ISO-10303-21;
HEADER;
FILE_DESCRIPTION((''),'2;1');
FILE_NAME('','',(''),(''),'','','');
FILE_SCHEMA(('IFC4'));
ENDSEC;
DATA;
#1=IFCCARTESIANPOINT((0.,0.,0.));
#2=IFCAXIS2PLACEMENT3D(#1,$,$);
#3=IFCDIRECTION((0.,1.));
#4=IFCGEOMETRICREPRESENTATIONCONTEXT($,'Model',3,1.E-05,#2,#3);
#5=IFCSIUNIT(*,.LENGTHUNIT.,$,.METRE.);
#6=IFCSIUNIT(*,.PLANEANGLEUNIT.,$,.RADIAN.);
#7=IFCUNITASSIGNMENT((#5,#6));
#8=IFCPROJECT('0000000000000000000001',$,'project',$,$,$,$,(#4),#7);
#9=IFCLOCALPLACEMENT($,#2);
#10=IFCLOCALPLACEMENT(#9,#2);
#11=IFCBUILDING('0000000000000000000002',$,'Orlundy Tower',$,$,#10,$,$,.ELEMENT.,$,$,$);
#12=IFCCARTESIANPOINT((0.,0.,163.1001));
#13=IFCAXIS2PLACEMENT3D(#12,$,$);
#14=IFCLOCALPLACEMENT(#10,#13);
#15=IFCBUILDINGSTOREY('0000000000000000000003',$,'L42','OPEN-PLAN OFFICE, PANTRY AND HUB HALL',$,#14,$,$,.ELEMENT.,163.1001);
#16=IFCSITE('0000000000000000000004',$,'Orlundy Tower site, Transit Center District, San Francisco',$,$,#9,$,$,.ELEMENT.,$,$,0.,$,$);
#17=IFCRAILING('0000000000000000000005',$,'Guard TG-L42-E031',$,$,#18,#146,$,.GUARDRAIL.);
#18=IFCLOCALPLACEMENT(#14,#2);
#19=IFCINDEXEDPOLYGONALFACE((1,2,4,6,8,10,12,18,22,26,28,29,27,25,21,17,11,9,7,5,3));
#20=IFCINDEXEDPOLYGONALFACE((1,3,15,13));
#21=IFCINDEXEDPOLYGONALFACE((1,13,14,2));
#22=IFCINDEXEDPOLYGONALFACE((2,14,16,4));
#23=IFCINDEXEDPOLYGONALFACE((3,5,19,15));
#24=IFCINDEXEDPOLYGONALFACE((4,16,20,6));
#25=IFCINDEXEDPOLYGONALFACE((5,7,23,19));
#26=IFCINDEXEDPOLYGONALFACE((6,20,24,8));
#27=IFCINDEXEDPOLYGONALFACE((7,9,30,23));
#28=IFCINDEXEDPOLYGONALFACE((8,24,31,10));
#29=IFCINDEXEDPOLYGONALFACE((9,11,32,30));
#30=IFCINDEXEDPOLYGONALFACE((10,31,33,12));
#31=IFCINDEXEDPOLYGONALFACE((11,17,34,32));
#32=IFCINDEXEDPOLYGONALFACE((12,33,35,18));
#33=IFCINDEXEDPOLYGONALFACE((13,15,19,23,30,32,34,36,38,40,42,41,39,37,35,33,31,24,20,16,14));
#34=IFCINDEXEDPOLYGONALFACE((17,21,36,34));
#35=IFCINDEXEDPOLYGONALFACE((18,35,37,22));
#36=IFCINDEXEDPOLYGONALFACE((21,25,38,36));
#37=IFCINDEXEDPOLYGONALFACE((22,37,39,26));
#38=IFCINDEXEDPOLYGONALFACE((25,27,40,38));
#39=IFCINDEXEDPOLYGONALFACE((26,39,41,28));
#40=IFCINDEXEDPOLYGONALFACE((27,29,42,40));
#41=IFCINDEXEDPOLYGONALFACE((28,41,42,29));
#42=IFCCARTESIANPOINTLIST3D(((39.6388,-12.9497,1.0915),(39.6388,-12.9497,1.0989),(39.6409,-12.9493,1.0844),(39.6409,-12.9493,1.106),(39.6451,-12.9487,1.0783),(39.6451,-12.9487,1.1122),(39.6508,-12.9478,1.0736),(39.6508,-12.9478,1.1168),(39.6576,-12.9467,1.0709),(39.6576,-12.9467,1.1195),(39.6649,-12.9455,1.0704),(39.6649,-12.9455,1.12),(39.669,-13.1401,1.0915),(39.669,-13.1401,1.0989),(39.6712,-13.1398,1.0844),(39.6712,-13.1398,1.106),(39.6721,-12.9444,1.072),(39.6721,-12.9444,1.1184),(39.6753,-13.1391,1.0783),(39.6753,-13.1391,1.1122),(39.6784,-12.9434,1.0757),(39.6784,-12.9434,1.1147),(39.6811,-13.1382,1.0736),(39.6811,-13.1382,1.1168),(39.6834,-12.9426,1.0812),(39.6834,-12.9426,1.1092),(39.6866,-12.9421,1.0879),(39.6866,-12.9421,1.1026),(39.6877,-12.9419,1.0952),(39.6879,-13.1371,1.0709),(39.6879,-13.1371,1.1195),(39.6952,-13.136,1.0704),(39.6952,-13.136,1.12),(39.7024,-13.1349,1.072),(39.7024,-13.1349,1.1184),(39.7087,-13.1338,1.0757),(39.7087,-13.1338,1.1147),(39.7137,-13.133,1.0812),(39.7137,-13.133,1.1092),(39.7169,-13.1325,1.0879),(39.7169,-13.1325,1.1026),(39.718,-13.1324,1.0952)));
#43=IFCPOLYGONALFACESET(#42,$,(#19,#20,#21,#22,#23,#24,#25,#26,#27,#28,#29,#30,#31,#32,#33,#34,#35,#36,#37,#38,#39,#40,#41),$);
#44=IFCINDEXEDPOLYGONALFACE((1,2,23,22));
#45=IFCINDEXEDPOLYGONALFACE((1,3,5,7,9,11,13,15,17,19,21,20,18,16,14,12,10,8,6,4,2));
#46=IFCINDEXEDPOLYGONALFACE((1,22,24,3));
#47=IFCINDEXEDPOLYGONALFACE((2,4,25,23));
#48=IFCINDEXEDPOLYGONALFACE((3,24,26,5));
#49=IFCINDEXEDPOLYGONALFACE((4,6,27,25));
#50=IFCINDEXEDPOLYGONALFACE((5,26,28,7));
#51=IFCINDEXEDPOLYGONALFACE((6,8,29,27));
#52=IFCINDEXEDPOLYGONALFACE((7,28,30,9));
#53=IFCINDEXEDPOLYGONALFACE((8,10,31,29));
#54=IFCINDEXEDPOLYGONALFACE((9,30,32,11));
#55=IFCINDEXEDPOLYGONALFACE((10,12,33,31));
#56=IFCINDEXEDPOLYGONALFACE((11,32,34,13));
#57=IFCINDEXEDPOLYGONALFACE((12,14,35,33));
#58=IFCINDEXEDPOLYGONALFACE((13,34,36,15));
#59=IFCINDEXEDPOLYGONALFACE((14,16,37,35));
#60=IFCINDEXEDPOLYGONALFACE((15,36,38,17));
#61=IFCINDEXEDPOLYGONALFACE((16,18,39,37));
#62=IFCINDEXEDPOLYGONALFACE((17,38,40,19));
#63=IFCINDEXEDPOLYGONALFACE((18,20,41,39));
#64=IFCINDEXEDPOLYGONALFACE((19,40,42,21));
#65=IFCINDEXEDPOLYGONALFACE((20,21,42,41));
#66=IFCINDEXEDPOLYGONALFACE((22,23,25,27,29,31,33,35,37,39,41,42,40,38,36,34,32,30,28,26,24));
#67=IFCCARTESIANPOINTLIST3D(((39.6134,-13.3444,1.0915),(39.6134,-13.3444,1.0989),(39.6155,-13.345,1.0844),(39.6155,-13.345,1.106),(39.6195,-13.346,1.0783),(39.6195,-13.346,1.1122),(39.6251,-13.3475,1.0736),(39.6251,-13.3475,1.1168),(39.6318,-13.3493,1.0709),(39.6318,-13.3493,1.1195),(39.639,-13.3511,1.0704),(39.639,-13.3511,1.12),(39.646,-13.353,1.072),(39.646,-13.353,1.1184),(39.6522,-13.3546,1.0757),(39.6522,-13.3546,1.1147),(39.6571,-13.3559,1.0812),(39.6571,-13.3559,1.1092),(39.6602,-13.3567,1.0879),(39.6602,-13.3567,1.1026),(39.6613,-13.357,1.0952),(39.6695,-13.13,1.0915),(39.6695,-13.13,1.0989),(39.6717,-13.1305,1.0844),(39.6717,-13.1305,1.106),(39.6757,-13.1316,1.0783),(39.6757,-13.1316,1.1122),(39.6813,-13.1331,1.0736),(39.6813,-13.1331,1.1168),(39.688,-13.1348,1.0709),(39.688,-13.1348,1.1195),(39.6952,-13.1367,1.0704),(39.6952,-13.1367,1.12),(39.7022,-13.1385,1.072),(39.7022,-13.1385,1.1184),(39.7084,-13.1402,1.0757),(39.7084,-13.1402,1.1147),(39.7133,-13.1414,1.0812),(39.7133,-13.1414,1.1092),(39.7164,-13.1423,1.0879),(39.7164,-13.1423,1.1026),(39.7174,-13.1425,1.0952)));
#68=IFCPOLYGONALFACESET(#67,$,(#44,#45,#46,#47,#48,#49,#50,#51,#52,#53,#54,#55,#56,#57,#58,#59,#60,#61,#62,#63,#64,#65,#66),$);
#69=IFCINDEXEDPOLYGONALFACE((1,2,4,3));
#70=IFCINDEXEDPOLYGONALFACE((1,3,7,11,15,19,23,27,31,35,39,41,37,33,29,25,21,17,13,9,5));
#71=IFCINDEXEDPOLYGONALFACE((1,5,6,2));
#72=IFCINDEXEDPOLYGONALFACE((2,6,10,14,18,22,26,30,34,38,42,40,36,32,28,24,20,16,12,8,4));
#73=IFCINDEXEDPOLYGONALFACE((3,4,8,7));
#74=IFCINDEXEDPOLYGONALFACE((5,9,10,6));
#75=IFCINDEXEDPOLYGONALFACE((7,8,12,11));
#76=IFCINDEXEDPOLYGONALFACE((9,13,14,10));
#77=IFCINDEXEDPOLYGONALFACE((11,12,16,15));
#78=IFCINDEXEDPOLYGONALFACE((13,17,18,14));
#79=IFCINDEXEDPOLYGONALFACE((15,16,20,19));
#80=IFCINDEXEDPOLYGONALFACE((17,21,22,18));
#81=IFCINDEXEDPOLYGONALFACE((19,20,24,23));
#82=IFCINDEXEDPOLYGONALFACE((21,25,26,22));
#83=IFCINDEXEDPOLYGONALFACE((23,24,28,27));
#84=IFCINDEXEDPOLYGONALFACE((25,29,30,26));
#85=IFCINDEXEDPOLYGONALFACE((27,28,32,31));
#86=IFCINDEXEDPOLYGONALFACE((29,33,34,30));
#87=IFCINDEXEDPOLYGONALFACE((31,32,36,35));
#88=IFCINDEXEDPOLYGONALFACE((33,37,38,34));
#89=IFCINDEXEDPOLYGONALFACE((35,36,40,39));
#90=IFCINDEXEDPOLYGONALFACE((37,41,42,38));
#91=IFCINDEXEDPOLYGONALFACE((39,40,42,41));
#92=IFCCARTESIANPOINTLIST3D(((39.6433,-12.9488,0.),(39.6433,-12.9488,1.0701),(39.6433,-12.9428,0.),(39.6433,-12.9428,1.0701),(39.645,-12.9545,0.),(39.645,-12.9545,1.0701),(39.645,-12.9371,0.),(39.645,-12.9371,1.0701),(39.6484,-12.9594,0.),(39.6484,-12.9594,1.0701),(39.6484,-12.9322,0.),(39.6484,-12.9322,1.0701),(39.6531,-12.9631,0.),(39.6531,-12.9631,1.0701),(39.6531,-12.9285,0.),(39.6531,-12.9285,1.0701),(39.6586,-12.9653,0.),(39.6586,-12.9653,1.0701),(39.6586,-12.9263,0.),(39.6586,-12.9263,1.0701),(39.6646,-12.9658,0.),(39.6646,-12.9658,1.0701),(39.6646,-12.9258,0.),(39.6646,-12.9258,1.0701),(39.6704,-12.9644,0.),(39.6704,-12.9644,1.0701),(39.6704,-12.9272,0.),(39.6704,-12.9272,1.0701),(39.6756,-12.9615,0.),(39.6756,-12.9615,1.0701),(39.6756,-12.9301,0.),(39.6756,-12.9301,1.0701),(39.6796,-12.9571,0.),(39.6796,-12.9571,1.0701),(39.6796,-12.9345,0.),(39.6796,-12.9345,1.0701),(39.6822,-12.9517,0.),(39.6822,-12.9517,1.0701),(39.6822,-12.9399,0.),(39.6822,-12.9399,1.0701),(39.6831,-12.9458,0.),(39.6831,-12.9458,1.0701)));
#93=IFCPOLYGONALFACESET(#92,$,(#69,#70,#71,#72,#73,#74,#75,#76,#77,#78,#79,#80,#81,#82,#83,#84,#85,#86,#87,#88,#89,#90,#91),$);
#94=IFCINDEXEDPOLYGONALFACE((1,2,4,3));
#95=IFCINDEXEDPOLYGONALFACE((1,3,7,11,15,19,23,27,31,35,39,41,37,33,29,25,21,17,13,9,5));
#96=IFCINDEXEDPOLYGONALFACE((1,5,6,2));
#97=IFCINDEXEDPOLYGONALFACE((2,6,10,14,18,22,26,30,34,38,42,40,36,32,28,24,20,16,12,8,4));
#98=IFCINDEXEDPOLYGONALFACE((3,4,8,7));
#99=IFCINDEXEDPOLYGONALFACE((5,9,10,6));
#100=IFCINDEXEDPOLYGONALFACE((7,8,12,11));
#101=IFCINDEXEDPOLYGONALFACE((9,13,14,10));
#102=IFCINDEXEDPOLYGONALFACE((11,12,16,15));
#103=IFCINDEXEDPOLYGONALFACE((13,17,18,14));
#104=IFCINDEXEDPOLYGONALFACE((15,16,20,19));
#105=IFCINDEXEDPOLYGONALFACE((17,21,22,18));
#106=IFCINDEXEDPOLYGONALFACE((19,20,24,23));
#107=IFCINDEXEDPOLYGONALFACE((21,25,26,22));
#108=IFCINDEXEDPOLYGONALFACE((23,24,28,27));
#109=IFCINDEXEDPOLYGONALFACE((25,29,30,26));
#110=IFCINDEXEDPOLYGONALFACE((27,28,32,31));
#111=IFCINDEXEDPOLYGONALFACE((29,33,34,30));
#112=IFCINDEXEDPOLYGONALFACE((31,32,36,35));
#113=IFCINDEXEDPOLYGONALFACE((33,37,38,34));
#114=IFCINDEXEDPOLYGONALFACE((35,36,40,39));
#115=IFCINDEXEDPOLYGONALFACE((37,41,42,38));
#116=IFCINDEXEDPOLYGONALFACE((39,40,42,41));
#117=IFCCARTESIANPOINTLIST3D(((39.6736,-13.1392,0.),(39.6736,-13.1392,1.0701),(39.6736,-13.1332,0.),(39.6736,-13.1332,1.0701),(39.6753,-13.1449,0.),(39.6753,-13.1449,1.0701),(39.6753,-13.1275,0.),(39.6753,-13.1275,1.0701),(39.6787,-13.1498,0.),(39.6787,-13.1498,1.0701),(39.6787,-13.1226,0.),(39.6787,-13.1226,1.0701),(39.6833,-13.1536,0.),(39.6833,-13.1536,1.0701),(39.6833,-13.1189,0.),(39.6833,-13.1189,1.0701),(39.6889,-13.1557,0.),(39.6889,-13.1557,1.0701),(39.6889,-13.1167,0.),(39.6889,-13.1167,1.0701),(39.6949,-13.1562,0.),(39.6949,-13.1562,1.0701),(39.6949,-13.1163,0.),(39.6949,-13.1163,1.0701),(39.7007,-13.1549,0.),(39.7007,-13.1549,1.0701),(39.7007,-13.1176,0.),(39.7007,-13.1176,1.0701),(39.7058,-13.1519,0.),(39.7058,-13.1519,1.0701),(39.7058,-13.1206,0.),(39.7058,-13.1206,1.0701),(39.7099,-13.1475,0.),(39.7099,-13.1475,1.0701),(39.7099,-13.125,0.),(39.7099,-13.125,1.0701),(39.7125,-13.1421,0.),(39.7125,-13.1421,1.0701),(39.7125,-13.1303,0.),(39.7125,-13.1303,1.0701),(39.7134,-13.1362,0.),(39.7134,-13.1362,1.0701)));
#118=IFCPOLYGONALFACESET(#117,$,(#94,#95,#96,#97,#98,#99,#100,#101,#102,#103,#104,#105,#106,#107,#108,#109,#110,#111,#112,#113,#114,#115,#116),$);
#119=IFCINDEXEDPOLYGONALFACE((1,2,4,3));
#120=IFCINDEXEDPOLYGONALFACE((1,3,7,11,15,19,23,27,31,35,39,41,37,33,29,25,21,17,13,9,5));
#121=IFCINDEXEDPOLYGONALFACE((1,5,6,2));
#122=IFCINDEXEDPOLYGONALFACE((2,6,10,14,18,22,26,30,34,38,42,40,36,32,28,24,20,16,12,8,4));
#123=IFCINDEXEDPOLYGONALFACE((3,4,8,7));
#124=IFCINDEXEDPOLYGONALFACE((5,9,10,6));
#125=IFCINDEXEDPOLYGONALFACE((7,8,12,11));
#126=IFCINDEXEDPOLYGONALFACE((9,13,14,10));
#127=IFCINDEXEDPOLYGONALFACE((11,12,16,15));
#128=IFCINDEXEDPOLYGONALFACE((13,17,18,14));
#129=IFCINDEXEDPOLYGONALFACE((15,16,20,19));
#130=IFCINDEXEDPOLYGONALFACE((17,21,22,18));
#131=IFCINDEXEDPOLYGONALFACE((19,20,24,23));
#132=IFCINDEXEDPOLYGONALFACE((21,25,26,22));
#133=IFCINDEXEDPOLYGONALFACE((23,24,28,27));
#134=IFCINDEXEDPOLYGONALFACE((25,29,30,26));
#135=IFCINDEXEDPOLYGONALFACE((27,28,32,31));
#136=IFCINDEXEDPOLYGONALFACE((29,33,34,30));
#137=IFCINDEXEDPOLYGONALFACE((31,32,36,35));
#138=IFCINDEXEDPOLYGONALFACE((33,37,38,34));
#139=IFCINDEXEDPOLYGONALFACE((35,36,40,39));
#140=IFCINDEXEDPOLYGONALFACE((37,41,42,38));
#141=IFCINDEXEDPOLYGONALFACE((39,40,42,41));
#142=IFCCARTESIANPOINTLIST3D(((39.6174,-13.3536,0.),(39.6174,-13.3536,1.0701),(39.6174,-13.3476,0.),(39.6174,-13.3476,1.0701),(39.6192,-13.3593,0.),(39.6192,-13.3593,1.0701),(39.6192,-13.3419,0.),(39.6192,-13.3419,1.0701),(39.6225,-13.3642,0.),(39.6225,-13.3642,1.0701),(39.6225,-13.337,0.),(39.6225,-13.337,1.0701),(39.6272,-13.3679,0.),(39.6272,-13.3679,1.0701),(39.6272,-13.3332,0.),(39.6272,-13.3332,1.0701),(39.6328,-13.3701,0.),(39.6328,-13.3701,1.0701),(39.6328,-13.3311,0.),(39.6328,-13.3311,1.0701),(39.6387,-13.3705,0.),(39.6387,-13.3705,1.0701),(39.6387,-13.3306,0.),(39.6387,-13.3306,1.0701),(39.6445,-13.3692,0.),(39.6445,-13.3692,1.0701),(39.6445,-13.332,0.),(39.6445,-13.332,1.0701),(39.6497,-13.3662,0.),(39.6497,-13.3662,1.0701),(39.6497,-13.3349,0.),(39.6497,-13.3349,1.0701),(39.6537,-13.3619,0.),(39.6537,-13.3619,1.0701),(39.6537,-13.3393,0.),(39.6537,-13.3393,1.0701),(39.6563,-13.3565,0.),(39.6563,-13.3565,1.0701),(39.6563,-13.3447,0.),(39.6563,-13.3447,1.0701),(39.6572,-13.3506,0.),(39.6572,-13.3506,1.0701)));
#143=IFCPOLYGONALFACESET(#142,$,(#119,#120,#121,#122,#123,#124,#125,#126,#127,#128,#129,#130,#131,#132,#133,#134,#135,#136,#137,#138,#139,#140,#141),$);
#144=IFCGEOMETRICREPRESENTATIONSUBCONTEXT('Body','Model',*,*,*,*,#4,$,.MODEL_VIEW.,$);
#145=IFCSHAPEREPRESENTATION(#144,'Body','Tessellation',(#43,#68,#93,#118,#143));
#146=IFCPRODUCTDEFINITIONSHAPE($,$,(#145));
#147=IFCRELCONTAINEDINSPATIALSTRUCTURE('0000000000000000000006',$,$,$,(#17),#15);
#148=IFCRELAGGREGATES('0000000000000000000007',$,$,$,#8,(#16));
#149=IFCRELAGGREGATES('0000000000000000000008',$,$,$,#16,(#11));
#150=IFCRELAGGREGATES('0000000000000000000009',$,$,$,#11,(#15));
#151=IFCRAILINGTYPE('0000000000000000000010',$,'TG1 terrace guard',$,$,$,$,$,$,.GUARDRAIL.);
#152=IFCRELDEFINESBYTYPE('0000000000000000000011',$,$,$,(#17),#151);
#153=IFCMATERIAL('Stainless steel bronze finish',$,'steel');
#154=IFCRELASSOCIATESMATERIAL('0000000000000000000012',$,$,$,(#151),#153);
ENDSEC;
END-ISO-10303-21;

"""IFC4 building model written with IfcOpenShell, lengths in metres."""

from ifc_helpers import new_model, si_unit, direction, frame, origin, origin_2d, place, context, subcontext, project, spatial, circle, extrude, material, type_object, element, save


model = new_model("IFC4")

# Units and contexts
model_context = context("Model", 3, precision=1e-05, world=origin(), true_north=direction((0.0, 1.0)))
body_context = subcontext(model_context, "Body", "Model", "MODEL_VIEW")
ifc_project = project(units=[si_unit("LENGTHUNIT", "METRE"), si_unit("PLANEANGLEUNIT", "RADIAN")], contexts=[model_context])

# Site, building, storey
site_placement = place(None, origin())
site = spatial("IfcSite", under=ifc_project, at=site_placement, Name="Orlundy Tower site, Transit Center District, San Francisco", CompositionType="ELEMENT", RefElevation=0.0)
building_placement = place(site_placement, origin())
building = spatial("IfcBuilding", under=site, at=building_placement, Name="Orlundy Tower", CompositionType="ELEMENT")
storey_placement = place(building_placement, frame((0.0, 0.0, 163.1001)))
storey = spatial("IfcBuildingStorey", under=building, at=storey_placement, Name="L42", Description="OPEN-PLAN OFFICE, PANTRY AND HUB HALL", CompositionType="ELEMENT", Elevation=163.1001)

# Railing
ifc_material_1 = material(Name="Stainless steel bronze finish", Category="steel")
railing_type = type_object("IfcRailingType", Name="TG1 terrace guard", PredefinedType="GUARDRAIL", material=ifc_material_1)
railing_1_placement = place(storey_placement, frame((39.6631, -12.9458, 0.0)))
element("IfcRailing", 1, at=railing_1_placement, inside=storey, type_object=railing_type, Name="Guard TG-L42-E031", PredefinedType="GUARDRAIL", context=body_context, shape_type="SweptSolid", body=[
    extrude(circle(Radius=0.0249, at=origin_2d()), frame((0.0, 0.0, 1.0952), z_axis=(0.157003, -0.987598, 0.0), x_axis=(0.987598, 0.157003, 0.0)), (0.0, 0.0, 1.0), 0.1929),
    extrude(circle(Radius=0.0249, at=origin_2d()), frame((0.0303, -0.1904, 1.0952), z_axis=(-0.253408, -0.967359, 0.0), x_axis=(0.967359, -0.253408, 0.0)), (0.0, 0.0, 1.0), 0.2217),
    extrude(circle(Radius=0.02, at=origin_2d()), origin(), (0.0, 0.0, 1.0), 1.0701),
    extrude(circle(Radius=0.02, at=origin_2d()), frame((0.0303, -0.1904, 0.0)), (0.0, 0.0, 1.0), 1.0701),
    extrude(circle(Radius=0.02, at=origin_2d()), frame((-0.0259, -0.4048, 0.0)), (0.0, 0.0, 1.0), 1.0701),
])

save(model, "model.ifc")
